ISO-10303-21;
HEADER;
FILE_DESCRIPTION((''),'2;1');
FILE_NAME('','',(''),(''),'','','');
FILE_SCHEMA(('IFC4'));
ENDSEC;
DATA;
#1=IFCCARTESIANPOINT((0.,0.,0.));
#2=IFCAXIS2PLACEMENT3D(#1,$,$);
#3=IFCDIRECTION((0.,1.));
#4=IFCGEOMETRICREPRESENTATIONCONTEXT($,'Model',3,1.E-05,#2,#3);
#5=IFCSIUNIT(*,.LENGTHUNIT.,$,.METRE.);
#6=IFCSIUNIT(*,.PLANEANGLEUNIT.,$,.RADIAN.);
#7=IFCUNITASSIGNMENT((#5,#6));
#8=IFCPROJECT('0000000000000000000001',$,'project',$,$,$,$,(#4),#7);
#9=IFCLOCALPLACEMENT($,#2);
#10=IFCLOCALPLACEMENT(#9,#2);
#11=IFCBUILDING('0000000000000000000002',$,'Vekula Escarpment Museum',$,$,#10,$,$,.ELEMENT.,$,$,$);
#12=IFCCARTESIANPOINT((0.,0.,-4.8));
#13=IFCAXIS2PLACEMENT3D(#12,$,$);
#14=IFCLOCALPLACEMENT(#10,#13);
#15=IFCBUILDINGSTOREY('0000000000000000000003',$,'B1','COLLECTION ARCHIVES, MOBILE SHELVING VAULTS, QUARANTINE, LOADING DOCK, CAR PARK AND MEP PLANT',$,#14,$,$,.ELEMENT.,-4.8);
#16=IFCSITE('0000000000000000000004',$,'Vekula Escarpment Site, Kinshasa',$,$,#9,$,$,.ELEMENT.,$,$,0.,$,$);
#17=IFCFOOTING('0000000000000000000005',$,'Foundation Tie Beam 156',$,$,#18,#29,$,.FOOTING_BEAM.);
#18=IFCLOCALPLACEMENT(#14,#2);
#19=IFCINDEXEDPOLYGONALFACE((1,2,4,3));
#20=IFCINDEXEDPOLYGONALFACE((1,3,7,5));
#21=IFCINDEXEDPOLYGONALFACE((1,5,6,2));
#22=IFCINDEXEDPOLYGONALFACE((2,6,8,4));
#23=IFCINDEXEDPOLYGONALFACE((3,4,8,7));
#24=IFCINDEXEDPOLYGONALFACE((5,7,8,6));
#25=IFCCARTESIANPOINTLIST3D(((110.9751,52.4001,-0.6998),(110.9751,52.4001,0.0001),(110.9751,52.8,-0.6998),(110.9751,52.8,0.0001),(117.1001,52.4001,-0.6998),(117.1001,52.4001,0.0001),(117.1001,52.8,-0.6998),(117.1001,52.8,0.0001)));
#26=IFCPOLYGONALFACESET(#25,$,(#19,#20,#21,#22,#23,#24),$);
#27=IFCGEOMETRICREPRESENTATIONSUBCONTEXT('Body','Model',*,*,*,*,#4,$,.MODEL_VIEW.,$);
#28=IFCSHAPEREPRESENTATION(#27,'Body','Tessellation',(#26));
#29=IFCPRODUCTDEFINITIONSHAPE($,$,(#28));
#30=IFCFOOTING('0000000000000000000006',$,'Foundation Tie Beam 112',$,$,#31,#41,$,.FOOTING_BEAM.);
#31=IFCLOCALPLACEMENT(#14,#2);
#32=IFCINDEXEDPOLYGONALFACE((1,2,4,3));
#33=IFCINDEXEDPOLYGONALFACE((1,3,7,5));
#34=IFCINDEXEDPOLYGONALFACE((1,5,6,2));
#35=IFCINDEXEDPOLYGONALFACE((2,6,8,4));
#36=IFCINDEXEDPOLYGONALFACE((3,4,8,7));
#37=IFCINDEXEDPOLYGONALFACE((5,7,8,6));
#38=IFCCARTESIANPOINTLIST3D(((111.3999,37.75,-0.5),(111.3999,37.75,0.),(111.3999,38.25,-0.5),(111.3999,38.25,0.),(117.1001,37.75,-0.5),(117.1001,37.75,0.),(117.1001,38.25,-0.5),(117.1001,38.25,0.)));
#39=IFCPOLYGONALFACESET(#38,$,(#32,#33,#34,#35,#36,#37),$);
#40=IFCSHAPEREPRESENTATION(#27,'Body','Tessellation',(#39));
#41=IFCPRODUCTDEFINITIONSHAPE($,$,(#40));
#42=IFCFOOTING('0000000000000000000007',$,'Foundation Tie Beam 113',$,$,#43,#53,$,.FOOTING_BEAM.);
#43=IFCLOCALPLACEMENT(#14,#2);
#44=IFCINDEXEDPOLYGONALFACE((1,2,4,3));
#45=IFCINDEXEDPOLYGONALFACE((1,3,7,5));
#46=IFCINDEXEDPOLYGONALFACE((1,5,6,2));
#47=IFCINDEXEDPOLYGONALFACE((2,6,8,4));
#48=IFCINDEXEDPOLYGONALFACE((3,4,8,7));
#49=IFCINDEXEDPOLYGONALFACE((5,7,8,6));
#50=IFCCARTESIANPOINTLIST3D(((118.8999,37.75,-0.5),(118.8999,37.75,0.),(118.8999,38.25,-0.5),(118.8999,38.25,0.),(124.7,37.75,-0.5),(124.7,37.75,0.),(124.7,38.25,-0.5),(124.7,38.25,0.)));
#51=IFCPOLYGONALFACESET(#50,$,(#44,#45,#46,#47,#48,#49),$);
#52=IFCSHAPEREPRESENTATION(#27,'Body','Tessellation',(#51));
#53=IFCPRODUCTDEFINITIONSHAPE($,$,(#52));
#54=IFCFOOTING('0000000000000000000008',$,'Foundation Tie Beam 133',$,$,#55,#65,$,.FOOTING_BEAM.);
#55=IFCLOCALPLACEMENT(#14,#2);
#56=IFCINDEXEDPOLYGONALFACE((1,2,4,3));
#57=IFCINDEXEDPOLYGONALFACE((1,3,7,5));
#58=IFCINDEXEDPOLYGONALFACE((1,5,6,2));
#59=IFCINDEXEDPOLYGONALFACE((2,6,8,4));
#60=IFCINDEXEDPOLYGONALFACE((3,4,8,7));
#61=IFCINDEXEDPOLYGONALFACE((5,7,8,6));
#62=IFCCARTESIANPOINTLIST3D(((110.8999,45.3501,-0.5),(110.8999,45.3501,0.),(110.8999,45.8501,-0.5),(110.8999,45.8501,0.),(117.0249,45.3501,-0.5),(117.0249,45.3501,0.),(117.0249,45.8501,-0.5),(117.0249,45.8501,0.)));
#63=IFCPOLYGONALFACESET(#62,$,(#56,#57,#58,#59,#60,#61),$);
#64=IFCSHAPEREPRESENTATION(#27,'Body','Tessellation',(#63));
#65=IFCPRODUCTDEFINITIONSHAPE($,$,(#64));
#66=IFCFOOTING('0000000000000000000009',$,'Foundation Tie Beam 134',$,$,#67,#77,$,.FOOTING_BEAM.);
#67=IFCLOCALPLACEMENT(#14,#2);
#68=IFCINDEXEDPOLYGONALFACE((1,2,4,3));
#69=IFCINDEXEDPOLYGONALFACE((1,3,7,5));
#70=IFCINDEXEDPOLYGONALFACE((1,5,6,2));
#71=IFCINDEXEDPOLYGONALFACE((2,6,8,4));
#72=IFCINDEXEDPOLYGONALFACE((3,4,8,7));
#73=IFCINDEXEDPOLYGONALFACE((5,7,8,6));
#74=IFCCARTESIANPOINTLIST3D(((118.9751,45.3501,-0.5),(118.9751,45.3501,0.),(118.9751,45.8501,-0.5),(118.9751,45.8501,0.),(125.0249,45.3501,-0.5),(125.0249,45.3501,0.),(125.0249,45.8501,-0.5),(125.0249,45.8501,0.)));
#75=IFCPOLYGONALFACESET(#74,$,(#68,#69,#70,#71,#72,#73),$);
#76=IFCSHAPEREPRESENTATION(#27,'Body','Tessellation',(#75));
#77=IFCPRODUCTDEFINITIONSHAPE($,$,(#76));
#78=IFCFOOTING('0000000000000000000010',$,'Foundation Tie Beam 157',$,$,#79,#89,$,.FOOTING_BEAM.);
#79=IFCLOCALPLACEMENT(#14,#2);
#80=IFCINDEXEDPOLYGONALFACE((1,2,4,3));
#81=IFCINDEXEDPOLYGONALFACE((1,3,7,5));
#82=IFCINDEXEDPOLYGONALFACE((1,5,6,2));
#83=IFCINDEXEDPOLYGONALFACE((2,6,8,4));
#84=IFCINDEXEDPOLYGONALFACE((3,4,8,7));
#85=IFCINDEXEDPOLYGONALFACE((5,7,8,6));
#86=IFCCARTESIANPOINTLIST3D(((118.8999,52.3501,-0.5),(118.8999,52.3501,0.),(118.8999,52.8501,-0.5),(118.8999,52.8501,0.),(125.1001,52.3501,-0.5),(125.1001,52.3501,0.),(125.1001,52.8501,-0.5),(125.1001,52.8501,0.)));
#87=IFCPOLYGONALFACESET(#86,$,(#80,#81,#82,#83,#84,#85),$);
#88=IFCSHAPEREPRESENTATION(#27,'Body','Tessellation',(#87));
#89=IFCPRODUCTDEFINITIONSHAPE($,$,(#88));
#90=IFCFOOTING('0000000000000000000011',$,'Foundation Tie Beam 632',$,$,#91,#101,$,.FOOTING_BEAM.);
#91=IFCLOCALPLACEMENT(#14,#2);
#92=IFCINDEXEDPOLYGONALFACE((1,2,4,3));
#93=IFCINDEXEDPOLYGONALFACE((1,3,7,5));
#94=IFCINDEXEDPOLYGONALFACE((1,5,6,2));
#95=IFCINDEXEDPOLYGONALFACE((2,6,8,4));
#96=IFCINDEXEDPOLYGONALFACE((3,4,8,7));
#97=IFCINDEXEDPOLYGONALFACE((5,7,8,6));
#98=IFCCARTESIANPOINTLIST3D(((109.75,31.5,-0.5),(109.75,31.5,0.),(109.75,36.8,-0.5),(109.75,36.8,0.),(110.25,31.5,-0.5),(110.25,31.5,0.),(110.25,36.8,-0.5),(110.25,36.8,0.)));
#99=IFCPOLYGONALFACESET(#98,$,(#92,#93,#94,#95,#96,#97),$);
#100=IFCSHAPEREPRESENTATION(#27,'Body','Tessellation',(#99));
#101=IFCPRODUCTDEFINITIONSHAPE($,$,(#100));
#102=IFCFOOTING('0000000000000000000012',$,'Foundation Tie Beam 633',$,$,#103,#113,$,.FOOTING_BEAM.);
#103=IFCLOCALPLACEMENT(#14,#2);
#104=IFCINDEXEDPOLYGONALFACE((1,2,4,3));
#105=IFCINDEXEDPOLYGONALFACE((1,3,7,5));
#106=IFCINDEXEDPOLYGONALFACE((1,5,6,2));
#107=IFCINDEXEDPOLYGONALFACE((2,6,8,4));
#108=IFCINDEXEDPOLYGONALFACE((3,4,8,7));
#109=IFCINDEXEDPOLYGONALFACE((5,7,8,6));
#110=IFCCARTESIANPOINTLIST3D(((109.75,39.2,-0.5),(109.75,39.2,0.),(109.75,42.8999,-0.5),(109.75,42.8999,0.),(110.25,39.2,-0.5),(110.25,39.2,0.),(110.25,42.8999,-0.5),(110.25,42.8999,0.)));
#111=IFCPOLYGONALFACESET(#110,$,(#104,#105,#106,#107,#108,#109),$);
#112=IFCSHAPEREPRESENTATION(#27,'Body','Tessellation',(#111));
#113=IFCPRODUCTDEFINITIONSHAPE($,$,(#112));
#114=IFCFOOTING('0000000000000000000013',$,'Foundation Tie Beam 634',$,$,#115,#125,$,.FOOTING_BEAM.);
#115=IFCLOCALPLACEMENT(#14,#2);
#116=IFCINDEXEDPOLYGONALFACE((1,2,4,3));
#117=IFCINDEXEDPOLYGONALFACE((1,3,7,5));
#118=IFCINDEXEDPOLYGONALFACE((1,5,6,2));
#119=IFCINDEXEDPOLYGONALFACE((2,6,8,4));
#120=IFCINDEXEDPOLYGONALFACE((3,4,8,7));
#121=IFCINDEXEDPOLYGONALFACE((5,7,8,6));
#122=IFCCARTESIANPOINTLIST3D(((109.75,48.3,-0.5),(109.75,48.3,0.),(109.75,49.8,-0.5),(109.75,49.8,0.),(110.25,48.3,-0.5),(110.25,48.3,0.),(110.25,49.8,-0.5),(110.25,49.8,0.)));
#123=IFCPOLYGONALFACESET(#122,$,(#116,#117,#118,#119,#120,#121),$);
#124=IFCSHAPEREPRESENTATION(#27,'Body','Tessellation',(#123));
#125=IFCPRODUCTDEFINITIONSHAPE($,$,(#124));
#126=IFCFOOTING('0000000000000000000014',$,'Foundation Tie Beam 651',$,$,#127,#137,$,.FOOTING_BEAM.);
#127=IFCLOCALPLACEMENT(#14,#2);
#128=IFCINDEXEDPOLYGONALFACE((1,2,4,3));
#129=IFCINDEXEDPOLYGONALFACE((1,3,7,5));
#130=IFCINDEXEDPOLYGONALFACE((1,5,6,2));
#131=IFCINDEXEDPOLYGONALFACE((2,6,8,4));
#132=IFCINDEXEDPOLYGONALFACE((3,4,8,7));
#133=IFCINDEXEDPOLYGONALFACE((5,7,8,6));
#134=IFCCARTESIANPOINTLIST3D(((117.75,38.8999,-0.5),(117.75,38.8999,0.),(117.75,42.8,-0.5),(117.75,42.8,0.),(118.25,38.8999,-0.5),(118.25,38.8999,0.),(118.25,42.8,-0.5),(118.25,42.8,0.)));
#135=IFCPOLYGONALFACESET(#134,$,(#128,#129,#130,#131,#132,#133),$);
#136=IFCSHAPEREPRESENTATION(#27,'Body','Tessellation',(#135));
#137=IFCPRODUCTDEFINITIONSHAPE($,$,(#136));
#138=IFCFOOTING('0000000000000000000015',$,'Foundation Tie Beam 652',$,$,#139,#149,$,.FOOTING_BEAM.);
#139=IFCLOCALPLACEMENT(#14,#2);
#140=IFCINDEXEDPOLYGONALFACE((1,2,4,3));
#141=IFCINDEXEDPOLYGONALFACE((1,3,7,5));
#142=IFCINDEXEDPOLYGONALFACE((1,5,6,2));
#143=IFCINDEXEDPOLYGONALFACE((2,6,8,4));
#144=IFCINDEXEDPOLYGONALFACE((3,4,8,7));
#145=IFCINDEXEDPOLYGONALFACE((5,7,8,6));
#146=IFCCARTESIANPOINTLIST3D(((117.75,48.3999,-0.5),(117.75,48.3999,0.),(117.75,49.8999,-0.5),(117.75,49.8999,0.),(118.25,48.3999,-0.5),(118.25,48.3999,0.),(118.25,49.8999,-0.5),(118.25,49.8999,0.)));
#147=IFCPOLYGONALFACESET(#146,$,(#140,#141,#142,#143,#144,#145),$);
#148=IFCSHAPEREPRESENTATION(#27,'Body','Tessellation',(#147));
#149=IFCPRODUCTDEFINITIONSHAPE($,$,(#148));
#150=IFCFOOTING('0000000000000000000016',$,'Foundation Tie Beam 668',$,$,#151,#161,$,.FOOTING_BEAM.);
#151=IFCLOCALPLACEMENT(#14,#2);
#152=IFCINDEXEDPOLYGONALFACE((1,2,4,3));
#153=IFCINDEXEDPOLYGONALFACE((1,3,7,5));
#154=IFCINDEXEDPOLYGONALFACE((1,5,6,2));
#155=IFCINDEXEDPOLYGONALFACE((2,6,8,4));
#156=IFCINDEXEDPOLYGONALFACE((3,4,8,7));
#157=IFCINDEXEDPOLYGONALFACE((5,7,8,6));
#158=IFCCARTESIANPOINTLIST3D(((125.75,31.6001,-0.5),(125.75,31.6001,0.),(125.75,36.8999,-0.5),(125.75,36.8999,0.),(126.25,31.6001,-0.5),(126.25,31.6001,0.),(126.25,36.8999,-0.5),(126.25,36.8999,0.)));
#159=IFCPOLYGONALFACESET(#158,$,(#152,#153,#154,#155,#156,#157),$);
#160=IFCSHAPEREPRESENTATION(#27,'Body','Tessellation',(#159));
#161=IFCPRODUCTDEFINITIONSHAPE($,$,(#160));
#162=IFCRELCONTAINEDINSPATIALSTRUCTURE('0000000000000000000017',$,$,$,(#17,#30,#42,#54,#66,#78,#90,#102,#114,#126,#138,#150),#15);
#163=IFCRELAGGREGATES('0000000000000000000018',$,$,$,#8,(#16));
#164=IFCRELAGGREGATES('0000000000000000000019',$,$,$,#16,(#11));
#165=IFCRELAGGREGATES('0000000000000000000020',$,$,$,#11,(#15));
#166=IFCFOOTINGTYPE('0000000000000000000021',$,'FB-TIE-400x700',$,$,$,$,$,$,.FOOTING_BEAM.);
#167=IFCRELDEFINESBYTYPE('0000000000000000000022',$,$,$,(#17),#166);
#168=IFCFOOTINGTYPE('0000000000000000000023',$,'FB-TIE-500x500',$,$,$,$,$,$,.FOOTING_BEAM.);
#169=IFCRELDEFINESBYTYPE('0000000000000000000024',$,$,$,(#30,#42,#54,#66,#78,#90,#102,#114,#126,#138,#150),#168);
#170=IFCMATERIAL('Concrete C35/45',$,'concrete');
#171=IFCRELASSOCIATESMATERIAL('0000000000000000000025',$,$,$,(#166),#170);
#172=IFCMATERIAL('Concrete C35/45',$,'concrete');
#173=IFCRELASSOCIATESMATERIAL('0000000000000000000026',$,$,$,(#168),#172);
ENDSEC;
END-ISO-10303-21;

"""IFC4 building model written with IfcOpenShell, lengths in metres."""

from ifc_helpers import new_model, si_unit, direction, frame, origin, origin_2d, place, context, subcontext, project, spatial, rectangle, extrude, material, material_profile, profile_set, type_object, element, save


model = new_model("IFC4")

# Units and contexts
model_context = context("Model", 3, precision=1e-05, world=origin(), true_north=direction((0.0, 1.0)))
body_context = subcontext(model_context, "Body", "Model", "MODEL_VIEW")
ifc_project = project(units=[si_unit("LENGTHUNIT", "METRE"), si_unit("PLANEANGLEUNIT", "RADIAN")], contexts=[model_context])

# Site, building, storey
site_placement = place(None, origin())
site = spatial("IfcSite", under=ifc_project, at=site_placement, Name="Vekula Escarpment Site, Kinshasa", CompositionType="ELEMENT", RefElevation=0.0)
building_placement = place(site_placement, origin())
building = spatial("IfcBuilding", under=site, at=building_placement, Name="Vekula Escarpment Museum", CompositionType="ELEMENT")
storey_placement = place(building_placement, frame((0.0, 0.0, -4.8)))
storey = spatial("IfcBuildingStorey", under=building, at=storey_placement, Name="B1", Description="COLLECTION ARCHIVES, MOBILE SHELVING VAULTS, QUARANTINE, LOADING DOCK, CAR PARK AND MEP PLANT", CompositionType="ELEMENT", Elevation=-4.8)

# Footings
ifc_material_1 = material(Name="Concrete C35/45", Category="concrete")
ifc_material_profile_1 = material_profile(ifc_material_1, rectangle(XDim=0.3999, YDim=0.7, at=origin_2d()), Name="RC 400x700")
ifc_profile_set_1 = profile_set([ifc_material_profile_1], Name="Concrete C35/45")
footing_type_1 = type_object("IfcFootingType", Name="FB-TIE-400x700", PredefinedType="FOOTING_BEAM", material=ifc_profile_set_1)
footing_1_placement = place(storey_placement, frame((110.9751, 52.6001, -0.3499), z_axis=(1.0, 0.0, 0.0), x_axis=(0.0, 1.0, 0.0)))
element("IfcFooting", 1, at=footing_1_placement, inside=storey, type_object=footing_type_1, Name="Foundation Tie Beam 156", PredefinedType="FOOTING_BEAM", context=body_context, shape_type="SweptSolid", body=[
    extrude(rectangle(XDim=0.3999, YDim=0.7, at=origin_2d()), origin(), (0.0, 0.0, 1.0), 6.125),
])
ifc_material_2 = material(Name="Concrete C35/45", Category="concrete")
ifc_material_profile_2 = material_profile(ifc_material_2, rectangle(XDim=0.5, YDim=0.5, at=origin_2d()), Name="RC 500x500")
ifc_profile_set_2 = profile_set([ifc_material_profile_2], Name="Concrete C35/45")
footing_type_2 = type_object("IfcFootingType", Name="FB-TIE-500x500", PredefinedType="FOOTING_BEAM", material=ifc_profile_set_2)
footing_2_placement = place(storey_placement, frame((111.3999, 38.0, -0.25), z_axis=(1.0, 0.0, 0.0), x_axis=(0.0, 1.0, 0.0)))
element("IfcFooting", 2, at=footing_2_placement, inside=storey, type_object=footing_type_2, Name="Foundation Tie Beam 112", PredefinedType="FOOTING_BEAM", context=body_context, shape_type="SweptSolid", body=[
    extrude(rectangle(XDim=0.5, YDim=0.5, at=origin_2d()), origin(), (0.0, 0.0, 1.0), 5.7002),
])
footing_3_placement = place(storey_placement, frame((118.8999, 38.0, -0.25), z_axis=(1.0, 0.0, 0.0), x_axis=(0.0, 1.0, 0.0)))
element("IfcFooting", 3, at=footing_3_placement, inside=storey, type_object=footing_type_2, Name="Foundation Tie Beam 113", PredefinedType="FOOTING_BEAM", context=body_context, shape_type="SweptSolid", body=[
    extrude(rectangle(XDim=0.5, YDim=0.5, at=origin_2d()), origin(), (0.0, 0.0, 1.0), 5.8),
])
footing_4_placement = place(storey_placement, frame((110.8999, 45.6001, -0.25), z_axis=(1.0, 0.0, 0.0), x_axis=(0.0, 1.0, 0.0)))
element("IfcFooting", 4, at=footing_4_placement, inside=storey, type_object=footing_type_2, Name="Foundation Tie Beam 133", PredefinedType="FOOTING_BEAM", context=body_context, shape_type="SweptSolid", body=[
    extrude(rectangle(XDim=0.5, YDim=0.5, at=origin_2d()), origin(), (0.0, 0.0, 1.0), 6.125),
])
footing_5_placement = place(storey_placement, frame((118.9751, 45.6001, -0.25), z_axis=(1.0, 0.0, 0.0), x_axis=(0.0, 1.0, 0.0)))
element("IfcFooting", 5, at=footing_5_placement, inside=storey, type_object=footing_type_2, Name="Foundation Tie Beam 134", PredefinedType="FOOTING_BEAM", context=body_context, shape_type="SweptSolid", body=[
    extrude(rectangle(XDim=0.5, YDim=0.5, at=origin_2d()), origin(), (0.0, 0.0, 1.0), 6.0498),
])
footing_6_placement = place(storey_placement, frame((118.8999, 52.6001, -0.25), z_axis=(1.0, 0.0, 0.0), x_axis=(0.0, 1.0, 0.0)))
element("IfcFooting", 6, at=footing_6_placement, inside=storey, type_object=footing_type_2, Name="Foundation Tie Beam 157", PredefinedType="FOOTING_BEAM", context=body_context, shape_type="SweptSolid", body=[
    extrude(rectangle(XDim=0.5, YDim=0.5, at=origin_2d()), origin(), (0.0, 0.0, 1.0), 6.2002),
])
footing_7_placement = place(storey_placement, frame((110.0, 31.5, -0.25), z_axis=(0.0, 1.0, 0.0), x_axis=(-1.0, 0.0, 0.0)))
element("IfcFooting", 7, at=footing_7_placement, inside=storey, type_object=footing_type_2, Name="Foundation Tie Beam 632", PredefinedType="FOOTING_BEAM", context=body_context, shape_type="SweptSolid", body=[
    extrude(rectangle(XDim=0.5, YDim=0.5, at=origin_2d()), origin(), (0.0, 0.0, 1.0), 5.3),
])
footing_8_placement = place(storey_placement, frame((110.0, 39.2, -0.25), z_axis=(0.0, 1.0, 0.0), x_axis=(-1.0, 0.0, 0.0)))
element("IfcFooting", 8, at=footing_8_placement, inside=storey, type_object=footing_type_2, Name="Foundation Tie Beam 633", PredefinedType="FOOTING_BEAM", context=body_context, shape_type="SweptSolid", body=[
    extrude(rectangle(XDim=0.5, YDim=0.5, at=origin_2d()), origin(), (0.0, 0.0, 1.0), 3.7),
])
footing_9_placement = place(storey_placement, frame((110.0, 48.3, -0.25), z_axis=(0.0, 1.0, 0.0), x_axis=(-1.0, 0.0, 0.0)))
element("IfcFooting", 9, at=footing_9_placement, inside=storey, type_object=footing_type_2, Name="Foundation Tie Beam 634", PredefinedType="FOOTING_BEAM", context=body_context, shape_type="SweptSolid", body=[
    extrude(rectangle(XDim=0.5, YDim=0.5, at=origin_2d()), origin(), (0.0, 0.0, 1.0), 1.5),
])
footing_10_placement = place(storey_placement, frame((118.0, 38.8999, -0.25), z_axis=(0.0, 1.0, 0.0), x_axis=(-1.0, 0.0, 0.0)))
element("IfcFooting", 10, at=footing_10_placement, inside=storey, type_object=footing_type_2, Name="Foundation Tie Beam 651", PredefinedType="FOOTING_BEAM", context=body_context, shape_type="SweptSolid", body=[
    extrude(rectangle(XDim=0.5, YDim=0.5, at=origin_2d()), origin(), (0.0, 0.0, 1.0), 3.9001),
])
footing_11_placement = place(storey_placement, frame((118.0, 48.3999, -0.25), z_axis=(0.0, 1.0, 0.0), x_axis=(-1.0, 0.0, 0.0)))
element("IfcFooting", 11, at=footing_11_placement, inside=storey, type_object=footing_type_2, Name="Foundation Tie Beam 652", PredefinedType="FOOTING_BEAM", context=body_context, shape_type="SweptSolid", body=[
    extrude(rectangle(XDim=0.5, YDim=0.5, at=origin_2d()), origin(), (0.0, 0.0, 1.0), 1.5),
])
footing_12_placement = place(storey_placement, frame((126.0, 31.6001, -0.25), z_axis=(0.0, 1.0, 0.0), x_axis=(-1.0, 0.0, 0.0)))
element("IfcFooting", 12, at=footing_12_placement, inside=storey, type_object=footing_type_2, Name="Foundation Tie Beam 668", PredefinedType="FOOTING_BEAM", context=body_context, shape_type="SweptSolid", body=[
    extrude(rectangle(XDim=0.5, YDim=0.5, at=origin_2d()), origin(), (0.0, 0.0, 1.0), 5.2998),
])

save(model, "model.ifc")
